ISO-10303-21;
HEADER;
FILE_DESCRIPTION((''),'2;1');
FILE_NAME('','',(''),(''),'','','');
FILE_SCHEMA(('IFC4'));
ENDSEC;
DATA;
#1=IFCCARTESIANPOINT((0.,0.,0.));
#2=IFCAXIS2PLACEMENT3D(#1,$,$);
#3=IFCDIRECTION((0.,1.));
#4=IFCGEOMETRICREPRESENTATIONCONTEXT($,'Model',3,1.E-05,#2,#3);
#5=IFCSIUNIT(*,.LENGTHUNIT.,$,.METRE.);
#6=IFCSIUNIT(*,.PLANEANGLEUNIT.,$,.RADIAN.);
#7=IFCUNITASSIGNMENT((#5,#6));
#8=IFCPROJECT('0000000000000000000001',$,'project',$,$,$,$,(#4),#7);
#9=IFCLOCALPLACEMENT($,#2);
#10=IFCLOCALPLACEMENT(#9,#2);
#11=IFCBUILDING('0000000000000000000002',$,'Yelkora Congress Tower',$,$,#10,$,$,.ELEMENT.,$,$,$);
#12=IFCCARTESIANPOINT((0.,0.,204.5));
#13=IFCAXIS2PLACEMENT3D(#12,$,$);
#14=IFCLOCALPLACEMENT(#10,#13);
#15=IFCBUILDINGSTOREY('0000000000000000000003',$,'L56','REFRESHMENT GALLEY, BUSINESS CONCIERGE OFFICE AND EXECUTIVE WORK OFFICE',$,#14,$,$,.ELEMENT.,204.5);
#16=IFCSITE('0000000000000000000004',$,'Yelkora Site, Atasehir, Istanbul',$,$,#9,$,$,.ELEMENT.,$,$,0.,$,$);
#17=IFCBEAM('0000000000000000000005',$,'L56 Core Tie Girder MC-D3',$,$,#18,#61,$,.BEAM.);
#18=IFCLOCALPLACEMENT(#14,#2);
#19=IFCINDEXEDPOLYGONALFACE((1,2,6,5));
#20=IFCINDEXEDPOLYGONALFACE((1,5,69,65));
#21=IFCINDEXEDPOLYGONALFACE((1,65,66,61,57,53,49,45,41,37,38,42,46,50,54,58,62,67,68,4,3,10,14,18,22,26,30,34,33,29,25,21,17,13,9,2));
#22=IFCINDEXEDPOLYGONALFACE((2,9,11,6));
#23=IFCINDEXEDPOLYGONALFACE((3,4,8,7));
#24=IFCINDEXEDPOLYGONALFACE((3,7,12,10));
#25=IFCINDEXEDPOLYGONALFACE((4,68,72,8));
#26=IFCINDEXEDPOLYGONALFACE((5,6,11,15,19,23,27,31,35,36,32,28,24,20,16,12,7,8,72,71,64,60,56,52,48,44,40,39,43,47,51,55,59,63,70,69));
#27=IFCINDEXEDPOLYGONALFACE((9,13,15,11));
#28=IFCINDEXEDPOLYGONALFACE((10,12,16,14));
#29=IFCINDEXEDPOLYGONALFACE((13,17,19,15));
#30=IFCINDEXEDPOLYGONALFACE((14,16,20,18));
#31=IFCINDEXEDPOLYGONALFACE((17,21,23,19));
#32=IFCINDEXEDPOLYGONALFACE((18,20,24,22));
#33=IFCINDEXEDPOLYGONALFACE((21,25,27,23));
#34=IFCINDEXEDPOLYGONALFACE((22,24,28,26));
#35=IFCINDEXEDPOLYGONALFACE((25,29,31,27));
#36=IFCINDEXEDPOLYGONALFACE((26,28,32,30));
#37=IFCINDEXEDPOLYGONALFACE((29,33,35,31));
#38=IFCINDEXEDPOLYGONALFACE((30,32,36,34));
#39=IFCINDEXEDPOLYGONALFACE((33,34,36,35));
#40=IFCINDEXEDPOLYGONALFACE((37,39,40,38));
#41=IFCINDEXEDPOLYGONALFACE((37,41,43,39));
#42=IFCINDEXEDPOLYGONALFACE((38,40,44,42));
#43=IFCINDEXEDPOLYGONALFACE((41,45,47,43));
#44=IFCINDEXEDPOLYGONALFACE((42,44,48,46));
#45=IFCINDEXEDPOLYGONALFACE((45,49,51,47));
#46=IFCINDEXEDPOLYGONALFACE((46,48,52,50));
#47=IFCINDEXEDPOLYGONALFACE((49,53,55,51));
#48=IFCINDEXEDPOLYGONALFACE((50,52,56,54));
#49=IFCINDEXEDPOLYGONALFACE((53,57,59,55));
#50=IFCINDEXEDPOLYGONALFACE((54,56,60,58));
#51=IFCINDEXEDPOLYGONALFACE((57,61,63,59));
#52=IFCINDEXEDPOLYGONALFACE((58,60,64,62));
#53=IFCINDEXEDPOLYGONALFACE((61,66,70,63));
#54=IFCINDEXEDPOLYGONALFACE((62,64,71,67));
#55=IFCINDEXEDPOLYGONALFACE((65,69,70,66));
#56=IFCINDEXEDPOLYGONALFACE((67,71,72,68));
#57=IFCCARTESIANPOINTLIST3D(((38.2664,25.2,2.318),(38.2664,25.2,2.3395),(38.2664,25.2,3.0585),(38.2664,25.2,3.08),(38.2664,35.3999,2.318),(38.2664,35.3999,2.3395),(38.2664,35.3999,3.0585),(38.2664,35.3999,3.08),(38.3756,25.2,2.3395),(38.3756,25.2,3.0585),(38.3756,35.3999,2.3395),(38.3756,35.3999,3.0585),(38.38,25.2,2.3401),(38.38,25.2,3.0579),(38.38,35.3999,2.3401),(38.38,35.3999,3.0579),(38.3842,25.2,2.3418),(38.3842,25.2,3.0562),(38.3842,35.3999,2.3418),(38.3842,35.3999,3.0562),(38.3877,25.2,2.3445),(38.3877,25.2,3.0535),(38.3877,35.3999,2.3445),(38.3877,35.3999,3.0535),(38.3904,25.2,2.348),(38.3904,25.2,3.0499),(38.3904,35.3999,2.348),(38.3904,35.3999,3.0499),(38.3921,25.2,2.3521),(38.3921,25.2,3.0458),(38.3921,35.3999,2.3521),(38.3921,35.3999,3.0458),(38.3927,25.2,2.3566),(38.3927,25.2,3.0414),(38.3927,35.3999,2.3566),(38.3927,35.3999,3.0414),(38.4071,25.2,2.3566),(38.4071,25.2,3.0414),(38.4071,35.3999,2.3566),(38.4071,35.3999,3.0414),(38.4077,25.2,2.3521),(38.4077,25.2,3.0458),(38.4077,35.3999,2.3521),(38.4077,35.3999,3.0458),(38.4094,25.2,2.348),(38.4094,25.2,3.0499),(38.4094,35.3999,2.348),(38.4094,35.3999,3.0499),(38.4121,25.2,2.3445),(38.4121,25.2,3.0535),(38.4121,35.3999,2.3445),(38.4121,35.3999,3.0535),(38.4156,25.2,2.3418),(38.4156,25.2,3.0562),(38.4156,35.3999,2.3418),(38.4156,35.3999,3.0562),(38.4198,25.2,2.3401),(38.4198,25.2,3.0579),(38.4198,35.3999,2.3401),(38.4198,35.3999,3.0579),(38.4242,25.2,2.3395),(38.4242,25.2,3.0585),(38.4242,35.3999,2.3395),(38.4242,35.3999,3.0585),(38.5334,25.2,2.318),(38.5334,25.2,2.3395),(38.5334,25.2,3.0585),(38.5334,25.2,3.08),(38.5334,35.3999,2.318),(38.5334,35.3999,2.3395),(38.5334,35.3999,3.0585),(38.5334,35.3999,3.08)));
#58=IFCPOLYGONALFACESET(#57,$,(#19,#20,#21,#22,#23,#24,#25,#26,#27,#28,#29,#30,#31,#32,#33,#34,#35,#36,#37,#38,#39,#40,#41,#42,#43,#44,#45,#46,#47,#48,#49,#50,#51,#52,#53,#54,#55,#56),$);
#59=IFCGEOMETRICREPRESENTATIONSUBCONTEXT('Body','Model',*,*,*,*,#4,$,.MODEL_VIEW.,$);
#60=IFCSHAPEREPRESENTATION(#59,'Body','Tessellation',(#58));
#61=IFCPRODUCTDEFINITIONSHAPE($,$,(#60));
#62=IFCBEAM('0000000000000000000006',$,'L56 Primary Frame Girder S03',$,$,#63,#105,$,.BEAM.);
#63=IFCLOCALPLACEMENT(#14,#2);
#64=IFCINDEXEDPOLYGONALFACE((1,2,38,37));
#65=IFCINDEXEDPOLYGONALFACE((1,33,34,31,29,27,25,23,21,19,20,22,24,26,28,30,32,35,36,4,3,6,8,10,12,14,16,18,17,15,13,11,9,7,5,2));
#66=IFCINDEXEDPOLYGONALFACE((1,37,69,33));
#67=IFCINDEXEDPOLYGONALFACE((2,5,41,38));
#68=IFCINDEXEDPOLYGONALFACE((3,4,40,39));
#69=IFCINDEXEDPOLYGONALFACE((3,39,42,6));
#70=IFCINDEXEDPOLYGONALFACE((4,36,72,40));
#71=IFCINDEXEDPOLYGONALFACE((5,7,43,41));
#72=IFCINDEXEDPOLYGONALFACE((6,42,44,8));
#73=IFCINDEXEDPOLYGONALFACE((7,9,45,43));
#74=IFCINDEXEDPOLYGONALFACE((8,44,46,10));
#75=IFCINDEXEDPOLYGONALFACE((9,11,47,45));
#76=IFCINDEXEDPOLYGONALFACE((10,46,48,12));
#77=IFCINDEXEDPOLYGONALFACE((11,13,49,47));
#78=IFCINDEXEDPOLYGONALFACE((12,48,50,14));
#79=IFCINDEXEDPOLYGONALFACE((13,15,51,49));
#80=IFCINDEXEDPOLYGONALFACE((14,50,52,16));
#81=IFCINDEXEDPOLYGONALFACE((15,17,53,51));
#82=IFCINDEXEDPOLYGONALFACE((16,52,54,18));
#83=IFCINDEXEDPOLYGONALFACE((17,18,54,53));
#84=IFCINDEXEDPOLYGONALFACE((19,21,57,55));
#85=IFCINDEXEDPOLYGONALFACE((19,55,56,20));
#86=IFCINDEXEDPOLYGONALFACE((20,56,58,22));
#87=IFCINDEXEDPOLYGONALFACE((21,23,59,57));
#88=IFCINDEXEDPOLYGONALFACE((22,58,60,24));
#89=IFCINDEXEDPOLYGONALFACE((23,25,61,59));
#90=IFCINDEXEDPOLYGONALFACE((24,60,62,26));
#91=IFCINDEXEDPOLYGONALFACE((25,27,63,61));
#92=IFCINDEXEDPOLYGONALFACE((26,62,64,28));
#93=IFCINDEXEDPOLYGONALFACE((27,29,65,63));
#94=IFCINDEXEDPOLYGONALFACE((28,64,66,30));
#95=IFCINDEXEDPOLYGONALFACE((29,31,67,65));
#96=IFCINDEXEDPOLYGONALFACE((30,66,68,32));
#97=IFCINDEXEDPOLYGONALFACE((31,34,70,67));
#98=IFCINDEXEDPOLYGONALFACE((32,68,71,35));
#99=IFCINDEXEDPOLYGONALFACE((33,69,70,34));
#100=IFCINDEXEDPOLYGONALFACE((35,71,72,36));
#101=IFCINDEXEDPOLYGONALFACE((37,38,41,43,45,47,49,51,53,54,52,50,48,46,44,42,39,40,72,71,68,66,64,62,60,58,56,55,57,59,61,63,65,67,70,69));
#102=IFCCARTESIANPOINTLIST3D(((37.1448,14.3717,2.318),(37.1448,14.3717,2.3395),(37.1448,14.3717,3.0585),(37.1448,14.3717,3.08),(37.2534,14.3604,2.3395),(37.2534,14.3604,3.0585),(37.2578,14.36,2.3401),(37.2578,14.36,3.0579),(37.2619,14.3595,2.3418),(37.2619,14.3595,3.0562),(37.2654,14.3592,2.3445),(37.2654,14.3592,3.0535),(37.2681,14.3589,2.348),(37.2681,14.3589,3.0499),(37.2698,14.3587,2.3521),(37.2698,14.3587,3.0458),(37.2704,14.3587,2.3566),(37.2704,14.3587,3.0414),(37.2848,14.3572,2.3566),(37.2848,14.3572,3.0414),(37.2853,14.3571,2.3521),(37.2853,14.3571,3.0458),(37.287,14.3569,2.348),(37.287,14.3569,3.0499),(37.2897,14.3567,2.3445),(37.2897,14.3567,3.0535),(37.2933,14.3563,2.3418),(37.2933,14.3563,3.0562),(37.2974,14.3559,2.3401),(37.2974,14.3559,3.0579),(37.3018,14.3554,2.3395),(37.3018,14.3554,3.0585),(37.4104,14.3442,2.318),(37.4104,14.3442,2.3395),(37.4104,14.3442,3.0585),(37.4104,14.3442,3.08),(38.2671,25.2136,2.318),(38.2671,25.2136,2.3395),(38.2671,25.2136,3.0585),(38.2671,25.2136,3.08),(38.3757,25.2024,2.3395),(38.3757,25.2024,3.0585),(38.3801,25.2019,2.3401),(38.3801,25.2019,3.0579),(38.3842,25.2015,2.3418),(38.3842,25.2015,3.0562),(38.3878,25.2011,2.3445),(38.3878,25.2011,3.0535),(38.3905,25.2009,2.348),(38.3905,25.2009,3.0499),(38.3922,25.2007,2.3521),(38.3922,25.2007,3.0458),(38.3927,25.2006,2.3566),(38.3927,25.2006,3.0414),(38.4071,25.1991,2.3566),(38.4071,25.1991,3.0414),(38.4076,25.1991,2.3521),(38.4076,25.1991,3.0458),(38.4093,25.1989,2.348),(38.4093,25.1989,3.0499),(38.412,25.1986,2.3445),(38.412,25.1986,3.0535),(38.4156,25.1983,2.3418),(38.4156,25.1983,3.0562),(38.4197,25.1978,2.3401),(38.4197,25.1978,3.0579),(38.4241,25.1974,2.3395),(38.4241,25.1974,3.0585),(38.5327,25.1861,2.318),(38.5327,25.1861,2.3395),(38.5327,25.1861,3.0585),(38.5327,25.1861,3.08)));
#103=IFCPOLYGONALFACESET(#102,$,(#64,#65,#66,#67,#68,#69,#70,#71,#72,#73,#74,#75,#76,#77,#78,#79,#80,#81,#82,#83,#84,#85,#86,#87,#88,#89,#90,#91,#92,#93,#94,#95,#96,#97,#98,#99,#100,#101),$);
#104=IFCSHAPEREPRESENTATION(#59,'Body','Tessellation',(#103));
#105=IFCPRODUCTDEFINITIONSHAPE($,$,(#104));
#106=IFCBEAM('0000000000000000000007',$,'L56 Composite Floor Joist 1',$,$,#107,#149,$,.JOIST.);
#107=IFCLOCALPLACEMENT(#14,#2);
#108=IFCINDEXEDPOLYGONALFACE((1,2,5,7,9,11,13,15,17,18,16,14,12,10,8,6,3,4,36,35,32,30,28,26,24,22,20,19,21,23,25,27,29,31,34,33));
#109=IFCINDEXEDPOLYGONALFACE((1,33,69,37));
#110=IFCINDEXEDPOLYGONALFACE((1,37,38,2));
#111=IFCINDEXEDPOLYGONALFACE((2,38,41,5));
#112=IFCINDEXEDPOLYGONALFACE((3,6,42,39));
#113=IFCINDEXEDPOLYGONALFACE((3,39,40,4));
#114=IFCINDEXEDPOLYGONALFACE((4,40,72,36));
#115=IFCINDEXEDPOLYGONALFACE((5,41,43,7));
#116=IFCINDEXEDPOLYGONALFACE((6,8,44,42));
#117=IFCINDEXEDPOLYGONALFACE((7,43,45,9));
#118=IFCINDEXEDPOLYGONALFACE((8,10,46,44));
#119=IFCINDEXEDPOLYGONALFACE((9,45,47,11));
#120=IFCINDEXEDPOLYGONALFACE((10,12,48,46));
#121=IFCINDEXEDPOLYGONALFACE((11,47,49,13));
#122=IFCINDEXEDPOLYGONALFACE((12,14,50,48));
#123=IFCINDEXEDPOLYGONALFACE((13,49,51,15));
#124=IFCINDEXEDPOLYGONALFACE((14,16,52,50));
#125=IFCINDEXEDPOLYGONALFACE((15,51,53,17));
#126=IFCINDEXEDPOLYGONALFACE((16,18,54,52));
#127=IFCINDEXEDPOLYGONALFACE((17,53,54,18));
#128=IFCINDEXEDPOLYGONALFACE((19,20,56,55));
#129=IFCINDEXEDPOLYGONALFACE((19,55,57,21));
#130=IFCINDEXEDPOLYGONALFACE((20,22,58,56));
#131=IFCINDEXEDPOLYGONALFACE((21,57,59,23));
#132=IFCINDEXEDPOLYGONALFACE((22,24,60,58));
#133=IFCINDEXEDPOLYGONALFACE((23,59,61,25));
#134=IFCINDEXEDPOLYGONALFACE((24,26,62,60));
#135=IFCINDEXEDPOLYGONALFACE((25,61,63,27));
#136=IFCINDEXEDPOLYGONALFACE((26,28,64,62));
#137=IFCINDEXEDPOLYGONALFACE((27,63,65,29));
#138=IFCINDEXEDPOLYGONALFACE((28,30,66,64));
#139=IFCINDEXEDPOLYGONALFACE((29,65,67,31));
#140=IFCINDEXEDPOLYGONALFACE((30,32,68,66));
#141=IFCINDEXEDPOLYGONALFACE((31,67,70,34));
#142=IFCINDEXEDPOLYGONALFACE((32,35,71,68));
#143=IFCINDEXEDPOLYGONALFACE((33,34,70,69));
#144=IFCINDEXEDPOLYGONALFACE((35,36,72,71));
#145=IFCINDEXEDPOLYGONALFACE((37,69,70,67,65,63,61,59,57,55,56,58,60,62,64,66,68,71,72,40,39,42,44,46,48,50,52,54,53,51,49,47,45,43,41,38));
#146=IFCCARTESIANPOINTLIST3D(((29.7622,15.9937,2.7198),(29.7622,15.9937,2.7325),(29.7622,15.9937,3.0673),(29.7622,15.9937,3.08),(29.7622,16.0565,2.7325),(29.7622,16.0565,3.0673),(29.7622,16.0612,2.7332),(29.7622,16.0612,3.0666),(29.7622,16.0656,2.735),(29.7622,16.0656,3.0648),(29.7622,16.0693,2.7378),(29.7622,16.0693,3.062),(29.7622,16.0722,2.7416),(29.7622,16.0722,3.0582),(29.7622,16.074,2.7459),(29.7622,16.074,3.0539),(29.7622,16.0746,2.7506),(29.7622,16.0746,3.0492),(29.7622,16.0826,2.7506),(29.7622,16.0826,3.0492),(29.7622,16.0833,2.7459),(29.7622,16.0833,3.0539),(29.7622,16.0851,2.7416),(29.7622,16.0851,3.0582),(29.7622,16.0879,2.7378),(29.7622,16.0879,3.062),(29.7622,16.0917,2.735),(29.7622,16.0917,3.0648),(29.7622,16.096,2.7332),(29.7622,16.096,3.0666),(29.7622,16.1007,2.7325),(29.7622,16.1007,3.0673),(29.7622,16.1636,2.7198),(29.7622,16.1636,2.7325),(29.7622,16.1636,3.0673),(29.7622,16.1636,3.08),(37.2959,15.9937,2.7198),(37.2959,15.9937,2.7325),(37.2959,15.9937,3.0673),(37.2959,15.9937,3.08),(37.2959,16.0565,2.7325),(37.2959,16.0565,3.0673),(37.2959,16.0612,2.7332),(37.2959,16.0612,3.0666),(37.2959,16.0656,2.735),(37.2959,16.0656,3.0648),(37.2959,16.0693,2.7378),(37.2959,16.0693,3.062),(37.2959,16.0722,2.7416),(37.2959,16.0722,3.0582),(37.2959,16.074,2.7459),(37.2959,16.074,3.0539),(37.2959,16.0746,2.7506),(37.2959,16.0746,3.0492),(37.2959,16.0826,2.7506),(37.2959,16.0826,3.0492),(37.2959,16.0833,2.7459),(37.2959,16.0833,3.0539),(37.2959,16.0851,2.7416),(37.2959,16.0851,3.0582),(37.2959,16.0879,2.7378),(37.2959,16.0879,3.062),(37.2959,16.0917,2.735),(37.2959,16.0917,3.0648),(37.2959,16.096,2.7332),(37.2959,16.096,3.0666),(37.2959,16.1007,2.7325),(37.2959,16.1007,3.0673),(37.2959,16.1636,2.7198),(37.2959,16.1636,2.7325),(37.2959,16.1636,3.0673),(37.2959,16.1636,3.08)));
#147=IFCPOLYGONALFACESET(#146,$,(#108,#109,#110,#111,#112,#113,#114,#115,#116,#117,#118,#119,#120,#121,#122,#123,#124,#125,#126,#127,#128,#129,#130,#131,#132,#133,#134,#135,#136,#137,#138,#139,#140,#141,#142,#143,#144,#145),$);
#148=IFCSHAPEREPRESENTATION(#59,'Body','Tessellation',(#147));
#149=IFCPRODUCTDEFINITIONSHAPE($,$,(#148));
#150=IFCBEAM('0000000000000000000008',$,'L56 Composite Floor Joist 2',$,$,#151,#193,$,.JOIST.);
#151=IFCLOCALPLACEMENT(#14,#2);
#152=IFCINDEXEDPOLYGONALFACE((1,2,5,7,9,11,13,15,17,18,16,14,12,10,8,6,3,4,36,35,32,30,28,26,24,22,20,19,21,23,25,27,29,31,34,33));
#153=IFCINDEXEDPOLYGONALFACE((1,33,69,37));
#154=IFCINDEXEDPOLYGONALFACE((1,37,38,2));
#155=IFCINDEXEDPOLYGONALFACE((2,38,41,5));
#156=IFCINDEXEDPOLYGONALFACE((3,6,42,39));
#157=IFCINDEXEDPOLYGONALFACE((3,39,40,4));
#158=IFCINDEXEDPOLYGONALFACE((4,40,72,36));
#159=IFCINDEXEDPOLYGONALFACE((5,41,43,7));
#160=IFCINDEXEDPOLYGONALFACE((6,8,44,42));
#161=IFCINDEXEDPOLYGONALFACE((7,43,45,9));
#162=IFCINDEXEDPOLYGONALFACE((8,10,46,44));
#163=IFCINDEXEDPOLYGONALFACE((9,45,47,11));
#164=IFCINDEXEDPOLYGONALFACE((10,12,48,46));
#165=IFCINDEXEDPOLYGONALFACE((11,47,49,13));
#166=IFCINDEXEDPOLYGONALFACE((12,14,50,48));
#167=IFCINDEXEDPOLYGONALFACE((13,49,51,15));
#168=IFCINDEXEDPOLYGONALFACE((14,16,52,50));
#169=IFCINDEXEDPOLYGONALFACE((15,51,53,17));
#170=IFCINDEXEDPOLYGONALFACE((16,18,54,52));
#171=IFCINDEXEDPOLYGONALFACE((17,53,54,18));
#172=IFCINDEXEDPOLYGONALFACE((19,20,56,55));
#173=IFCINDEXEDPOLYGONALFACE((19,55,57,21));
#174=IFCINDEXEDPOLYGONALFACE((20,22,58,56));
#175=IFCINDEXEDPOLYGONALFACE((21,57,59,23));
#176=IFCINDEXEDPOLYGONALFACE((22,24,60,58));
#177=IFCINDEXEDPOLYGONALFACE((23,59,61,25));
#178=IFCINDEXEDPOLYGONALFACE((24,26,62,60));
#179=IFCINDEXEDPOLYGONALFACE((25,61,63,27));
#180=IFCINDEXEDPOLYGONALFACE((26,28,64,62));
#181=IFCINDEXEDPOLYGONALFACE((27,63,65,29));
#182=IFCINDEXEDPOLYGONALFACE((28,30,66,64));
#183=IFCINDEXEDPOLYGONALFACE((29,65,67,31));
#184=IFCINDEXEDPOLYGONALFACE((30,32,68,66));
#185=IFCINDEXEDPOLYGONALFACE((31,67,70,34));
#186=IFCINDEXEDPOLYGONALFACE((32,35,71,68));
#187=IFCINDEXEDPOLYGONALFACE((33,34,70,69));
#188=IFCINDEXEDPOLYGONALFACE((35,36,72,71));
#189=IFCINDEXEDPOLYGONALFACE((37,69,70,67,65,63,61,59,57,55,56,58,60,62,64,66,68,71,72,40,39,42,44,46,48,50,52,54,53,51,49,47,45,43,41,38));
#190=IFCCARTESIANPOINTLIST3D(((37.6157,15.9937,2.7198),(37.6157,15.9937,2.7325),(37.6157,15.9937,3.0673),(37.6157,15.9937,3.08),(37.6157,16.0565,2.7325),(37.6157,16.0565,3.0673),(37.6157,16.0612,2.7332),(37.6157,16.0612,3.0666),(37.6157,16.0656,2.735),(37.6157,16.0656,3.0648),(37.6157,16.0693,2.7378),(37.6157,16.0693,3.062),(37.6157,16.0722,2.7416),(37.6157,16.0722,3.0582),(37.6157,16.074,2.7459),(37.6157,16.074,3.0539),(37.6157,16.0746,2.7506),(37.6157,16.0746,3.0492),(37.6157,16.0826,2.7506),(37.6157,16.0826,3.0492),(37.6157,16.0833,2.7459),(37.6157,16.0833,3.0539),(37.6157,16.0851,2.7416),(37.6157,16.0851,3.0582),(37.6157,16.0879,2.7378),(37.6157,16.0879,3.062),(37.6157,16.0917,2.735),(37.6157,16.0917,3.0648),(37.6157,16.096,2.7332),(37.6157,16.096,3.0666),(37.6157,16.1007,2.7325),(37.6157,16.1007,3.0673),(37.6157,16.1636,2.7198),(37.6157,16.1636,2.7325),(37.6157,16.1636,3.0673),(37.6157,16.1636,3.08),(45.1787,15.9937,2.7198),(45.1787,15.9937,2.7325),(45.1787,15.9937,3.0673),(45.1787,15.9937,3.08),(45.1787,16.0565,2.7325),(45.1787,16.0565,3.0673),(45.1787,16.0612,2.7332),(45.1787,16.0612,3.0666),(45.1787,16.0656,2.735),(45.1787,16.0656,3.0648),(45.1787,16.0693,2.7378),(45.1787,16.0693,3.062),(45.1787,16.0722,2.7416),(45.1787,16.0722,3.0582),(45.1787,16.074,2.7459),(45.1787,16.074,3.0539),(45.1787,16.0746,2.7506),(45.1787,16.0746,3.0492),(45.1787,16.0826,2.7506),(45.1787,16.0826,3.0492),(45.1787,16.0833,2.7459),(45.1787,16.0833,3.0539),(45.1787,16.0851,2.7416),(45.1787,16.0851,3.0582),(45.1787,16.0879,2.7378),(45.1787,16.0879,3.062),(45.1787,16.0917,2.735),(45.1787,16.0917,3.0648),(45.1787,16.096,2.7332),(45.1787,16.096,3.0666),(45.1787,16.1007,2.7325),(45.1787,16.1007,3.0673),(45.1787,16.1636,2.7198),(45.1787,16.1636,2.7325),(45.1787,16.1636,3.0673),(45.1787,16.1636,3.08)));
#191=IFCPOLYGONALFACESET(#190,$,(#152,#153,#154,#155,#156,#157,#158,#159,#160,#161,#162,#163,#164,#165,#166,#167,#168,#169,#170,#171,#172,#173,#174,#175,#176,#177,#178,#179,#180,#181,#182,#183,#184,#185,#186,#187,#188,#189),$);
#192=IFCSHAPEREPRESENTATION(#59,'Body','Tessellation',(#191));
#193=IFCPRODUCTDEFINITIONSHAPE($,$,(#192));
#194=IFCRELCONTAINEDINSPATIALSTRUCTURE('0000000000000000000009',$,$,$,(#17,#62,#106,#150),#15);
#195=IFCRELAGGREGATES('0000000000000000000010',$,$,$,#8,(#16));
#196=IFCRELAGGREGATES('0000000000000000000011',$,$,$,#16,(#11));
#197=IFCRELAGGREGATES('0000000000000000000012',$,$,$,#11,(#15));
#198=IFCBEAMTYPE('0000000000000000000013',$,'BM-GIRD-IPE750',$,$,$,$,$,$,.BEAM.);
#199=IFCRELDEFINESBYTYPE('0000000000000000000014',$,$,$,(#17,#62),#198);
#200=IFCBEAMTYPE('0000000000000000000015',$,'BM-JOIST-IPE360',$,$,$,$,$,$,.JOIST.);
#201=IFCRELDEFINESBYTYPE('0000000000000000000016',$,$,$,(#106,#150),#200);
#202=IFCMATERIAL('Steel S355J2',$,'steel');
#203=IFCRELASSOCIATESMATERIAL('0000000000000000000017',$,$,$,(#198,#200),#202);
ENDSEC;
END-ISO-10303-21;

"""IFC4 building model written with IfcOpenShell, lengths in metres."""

from ifc_helpers import new_model, si_unit, direction, frame, origin, origin_2d, place, context, subcontext, project, spatial, i_section, extrude, material, material_profile, profile_set, type_object, element, save


model = new_model("IFC4")

# Units and contexts
model_context = context("Model", 3, precision=1e-05, world=origin(), true_north=direction((0.0, 1.0)))
body_context = subcontext(model_context, "Body", "Model", "MODEL_VIEW")
ifc_project = project(units=[si_unit("LENGTHUNIT", "METRE"), si_unit("PLANEANGLEUNIT", "RADIAN")], contexts=[model_context])

# Site, building, storey
site_placement = place(None, origin())
site = spatial("IfcSite", under=ifc_project, at=site_placement, Name="Yelkora Site, Atasehir, Istanbul", CompositionType="ELEMENT", RefElevation=0.0)
building_placement = place(site_placement, origin())
building = spatial("IfcBuilding", under=site, at=building_placement, Name="Yelkora Congress Tower", CompositionType="ELEMENT")
storey_placement = place(building_placement, frame((0.0, 0.0, 204.5)))
storey = spatial("IfcBuildingStorey", under=building, at=storey_placement, Name="L56", Description="REFRESHMENT GALLEY, BUSINESS CONCIERGE OFFICE AND EXECUTIVE WORK OFFICE", CompositionType="ELEMENT", Elevation=204.5)

# Beams
ifc_material_1 = material(Name="Steel S355J2", Category="steel")
ifc_material_profile_1 = material_profile(ifc_material_1, i_section(OverallWidth=0.2671, OverallDepth=0.762, WebThickness=0.0144, FlangeThickness=0.0215, FilletRadius=0.0171, at=origin_2d()), Name="IPE 750x173")
ifc_profile_set_1 = profile_set([ifc_material_profile_1], Name="Steel S355J2")
beam_type_1 = type_object("IfcBeamType", Name="BM-GIRD-IPE750", PredefinedType="BEAM", material=ifc_profile_set_1)
for number, where, z_axis, x_axis, name in (
    (1, (38.3999, 25.2, 2.699), (0.0, 1.0, 0.0), (-1.0, 0.0, 0.0), "L56 Core Tie Girder MC-D3"),
):
    element("IfcBeam", number, at=place(storey_placement, frame(where, z_axis=z_axis, x_axis=x_axis)), inside=storey, type_object=beam_type_1, Name=name, PredefinedType="BEAM", context=body_context, shape_type="SweptSolid", body=[
        extrude(i_section(OverallWidth=0.2671, OverallDepth=0.762, WebThickness=0.0144, FlangeThickness=0.0215, FilletRadius=0.0171, at=origin_2d()), origin(), (0.0, 0.0, 1.0), 10.2),
    ])
beam_1_placement = place(storey_placement, frame((37.2776, 14.3579, 2.699), z_axis=(0.102965, 0.994685, 0.0), x_axis=(-0.994685, 0.102965, 0.0)))
element("IfcBeam", 2, at=beam_1_placement, inside=storey, type_object=beam_type_1, Name="L56 Primary Frame Girder S03", PredefinedType="BEAM", context=body_context, shape_type="SweptSolid", body=[
    extrude(i_section(OverallWidth=0.2671, OverallDepth=0.762, WebThickness=0.0144, FlangeThickness=0.0215, FilletRadius=0.0171, at=origin_2d()), origin(), (0.0, 0.0, 1.0), 10.8999),
])
ifc_material_profile_2 = material_profile(ifc_material_1, i_section(OverallWidth=0.1699, OverallDepth=0.3601, WebThickness=0.0081, FlangeThickness=0.0127, FilletRadius=0.0181, at=origin_2d()), Name="IPE 360")
ifc_profile_set_2 = profile_set([ifc_material_profile_2], Name="Steel S355J2")
beam_type_2 = type_object("IfcBeamType", Name="BM-JOIST-IPE360", PredefinedType="JOIST", material=ifc_profile_set_2)
beam_2_placement = place(storey_placement, frame((29.7622, 16.0786, 2.8999), z_axis=(1.0, 0.0, 0.0), x_axis=(0.0, 1.0, 0.0)))
element("IfcBeam", 3, at=beam_2_placement, inside=storey, type_object=beam_type_2, Name="L56 Composite Floor Joist 1", PredefinedType="JOIST", context=body_context, shape_type="SweptSolid", body=[
    extrude(i_section(OverallWidth=0.1699, OverallDepth=0.3601, WebThickness=0.0081, FlangeThickness=0.0127, FilletRadius=0.0181, at=origin_2d()), origin(), (0.0, 0.0, 1.0), 7.5337),
])
beam_3_placement = place(storey_placement, frame((37.6157, 16.0786, 2.8999), z_axis=(1.0, 0.0, 0.0), x_axis=(0.0, 1.0, 0.0)))
element("IfcBeam", 4, at=beam_3_placement, inside=storey, type_object=beam_type_2, Name="L56 Composite Floor Joist 2", PredefinedType="JOIST", context=body_context, shape_type="SweptSolid", body=[
    extrude(i_section(OverallWidth=0.1699, OverallDepth=0.3601, WebThickness=0.0081, FlangeThickness=0.0127, FilletRadius=0.0181, at=origin_2d()), origin(), (0.0, 0.0, 1.0), 7.563),
])

save(model, "model.ifc")
